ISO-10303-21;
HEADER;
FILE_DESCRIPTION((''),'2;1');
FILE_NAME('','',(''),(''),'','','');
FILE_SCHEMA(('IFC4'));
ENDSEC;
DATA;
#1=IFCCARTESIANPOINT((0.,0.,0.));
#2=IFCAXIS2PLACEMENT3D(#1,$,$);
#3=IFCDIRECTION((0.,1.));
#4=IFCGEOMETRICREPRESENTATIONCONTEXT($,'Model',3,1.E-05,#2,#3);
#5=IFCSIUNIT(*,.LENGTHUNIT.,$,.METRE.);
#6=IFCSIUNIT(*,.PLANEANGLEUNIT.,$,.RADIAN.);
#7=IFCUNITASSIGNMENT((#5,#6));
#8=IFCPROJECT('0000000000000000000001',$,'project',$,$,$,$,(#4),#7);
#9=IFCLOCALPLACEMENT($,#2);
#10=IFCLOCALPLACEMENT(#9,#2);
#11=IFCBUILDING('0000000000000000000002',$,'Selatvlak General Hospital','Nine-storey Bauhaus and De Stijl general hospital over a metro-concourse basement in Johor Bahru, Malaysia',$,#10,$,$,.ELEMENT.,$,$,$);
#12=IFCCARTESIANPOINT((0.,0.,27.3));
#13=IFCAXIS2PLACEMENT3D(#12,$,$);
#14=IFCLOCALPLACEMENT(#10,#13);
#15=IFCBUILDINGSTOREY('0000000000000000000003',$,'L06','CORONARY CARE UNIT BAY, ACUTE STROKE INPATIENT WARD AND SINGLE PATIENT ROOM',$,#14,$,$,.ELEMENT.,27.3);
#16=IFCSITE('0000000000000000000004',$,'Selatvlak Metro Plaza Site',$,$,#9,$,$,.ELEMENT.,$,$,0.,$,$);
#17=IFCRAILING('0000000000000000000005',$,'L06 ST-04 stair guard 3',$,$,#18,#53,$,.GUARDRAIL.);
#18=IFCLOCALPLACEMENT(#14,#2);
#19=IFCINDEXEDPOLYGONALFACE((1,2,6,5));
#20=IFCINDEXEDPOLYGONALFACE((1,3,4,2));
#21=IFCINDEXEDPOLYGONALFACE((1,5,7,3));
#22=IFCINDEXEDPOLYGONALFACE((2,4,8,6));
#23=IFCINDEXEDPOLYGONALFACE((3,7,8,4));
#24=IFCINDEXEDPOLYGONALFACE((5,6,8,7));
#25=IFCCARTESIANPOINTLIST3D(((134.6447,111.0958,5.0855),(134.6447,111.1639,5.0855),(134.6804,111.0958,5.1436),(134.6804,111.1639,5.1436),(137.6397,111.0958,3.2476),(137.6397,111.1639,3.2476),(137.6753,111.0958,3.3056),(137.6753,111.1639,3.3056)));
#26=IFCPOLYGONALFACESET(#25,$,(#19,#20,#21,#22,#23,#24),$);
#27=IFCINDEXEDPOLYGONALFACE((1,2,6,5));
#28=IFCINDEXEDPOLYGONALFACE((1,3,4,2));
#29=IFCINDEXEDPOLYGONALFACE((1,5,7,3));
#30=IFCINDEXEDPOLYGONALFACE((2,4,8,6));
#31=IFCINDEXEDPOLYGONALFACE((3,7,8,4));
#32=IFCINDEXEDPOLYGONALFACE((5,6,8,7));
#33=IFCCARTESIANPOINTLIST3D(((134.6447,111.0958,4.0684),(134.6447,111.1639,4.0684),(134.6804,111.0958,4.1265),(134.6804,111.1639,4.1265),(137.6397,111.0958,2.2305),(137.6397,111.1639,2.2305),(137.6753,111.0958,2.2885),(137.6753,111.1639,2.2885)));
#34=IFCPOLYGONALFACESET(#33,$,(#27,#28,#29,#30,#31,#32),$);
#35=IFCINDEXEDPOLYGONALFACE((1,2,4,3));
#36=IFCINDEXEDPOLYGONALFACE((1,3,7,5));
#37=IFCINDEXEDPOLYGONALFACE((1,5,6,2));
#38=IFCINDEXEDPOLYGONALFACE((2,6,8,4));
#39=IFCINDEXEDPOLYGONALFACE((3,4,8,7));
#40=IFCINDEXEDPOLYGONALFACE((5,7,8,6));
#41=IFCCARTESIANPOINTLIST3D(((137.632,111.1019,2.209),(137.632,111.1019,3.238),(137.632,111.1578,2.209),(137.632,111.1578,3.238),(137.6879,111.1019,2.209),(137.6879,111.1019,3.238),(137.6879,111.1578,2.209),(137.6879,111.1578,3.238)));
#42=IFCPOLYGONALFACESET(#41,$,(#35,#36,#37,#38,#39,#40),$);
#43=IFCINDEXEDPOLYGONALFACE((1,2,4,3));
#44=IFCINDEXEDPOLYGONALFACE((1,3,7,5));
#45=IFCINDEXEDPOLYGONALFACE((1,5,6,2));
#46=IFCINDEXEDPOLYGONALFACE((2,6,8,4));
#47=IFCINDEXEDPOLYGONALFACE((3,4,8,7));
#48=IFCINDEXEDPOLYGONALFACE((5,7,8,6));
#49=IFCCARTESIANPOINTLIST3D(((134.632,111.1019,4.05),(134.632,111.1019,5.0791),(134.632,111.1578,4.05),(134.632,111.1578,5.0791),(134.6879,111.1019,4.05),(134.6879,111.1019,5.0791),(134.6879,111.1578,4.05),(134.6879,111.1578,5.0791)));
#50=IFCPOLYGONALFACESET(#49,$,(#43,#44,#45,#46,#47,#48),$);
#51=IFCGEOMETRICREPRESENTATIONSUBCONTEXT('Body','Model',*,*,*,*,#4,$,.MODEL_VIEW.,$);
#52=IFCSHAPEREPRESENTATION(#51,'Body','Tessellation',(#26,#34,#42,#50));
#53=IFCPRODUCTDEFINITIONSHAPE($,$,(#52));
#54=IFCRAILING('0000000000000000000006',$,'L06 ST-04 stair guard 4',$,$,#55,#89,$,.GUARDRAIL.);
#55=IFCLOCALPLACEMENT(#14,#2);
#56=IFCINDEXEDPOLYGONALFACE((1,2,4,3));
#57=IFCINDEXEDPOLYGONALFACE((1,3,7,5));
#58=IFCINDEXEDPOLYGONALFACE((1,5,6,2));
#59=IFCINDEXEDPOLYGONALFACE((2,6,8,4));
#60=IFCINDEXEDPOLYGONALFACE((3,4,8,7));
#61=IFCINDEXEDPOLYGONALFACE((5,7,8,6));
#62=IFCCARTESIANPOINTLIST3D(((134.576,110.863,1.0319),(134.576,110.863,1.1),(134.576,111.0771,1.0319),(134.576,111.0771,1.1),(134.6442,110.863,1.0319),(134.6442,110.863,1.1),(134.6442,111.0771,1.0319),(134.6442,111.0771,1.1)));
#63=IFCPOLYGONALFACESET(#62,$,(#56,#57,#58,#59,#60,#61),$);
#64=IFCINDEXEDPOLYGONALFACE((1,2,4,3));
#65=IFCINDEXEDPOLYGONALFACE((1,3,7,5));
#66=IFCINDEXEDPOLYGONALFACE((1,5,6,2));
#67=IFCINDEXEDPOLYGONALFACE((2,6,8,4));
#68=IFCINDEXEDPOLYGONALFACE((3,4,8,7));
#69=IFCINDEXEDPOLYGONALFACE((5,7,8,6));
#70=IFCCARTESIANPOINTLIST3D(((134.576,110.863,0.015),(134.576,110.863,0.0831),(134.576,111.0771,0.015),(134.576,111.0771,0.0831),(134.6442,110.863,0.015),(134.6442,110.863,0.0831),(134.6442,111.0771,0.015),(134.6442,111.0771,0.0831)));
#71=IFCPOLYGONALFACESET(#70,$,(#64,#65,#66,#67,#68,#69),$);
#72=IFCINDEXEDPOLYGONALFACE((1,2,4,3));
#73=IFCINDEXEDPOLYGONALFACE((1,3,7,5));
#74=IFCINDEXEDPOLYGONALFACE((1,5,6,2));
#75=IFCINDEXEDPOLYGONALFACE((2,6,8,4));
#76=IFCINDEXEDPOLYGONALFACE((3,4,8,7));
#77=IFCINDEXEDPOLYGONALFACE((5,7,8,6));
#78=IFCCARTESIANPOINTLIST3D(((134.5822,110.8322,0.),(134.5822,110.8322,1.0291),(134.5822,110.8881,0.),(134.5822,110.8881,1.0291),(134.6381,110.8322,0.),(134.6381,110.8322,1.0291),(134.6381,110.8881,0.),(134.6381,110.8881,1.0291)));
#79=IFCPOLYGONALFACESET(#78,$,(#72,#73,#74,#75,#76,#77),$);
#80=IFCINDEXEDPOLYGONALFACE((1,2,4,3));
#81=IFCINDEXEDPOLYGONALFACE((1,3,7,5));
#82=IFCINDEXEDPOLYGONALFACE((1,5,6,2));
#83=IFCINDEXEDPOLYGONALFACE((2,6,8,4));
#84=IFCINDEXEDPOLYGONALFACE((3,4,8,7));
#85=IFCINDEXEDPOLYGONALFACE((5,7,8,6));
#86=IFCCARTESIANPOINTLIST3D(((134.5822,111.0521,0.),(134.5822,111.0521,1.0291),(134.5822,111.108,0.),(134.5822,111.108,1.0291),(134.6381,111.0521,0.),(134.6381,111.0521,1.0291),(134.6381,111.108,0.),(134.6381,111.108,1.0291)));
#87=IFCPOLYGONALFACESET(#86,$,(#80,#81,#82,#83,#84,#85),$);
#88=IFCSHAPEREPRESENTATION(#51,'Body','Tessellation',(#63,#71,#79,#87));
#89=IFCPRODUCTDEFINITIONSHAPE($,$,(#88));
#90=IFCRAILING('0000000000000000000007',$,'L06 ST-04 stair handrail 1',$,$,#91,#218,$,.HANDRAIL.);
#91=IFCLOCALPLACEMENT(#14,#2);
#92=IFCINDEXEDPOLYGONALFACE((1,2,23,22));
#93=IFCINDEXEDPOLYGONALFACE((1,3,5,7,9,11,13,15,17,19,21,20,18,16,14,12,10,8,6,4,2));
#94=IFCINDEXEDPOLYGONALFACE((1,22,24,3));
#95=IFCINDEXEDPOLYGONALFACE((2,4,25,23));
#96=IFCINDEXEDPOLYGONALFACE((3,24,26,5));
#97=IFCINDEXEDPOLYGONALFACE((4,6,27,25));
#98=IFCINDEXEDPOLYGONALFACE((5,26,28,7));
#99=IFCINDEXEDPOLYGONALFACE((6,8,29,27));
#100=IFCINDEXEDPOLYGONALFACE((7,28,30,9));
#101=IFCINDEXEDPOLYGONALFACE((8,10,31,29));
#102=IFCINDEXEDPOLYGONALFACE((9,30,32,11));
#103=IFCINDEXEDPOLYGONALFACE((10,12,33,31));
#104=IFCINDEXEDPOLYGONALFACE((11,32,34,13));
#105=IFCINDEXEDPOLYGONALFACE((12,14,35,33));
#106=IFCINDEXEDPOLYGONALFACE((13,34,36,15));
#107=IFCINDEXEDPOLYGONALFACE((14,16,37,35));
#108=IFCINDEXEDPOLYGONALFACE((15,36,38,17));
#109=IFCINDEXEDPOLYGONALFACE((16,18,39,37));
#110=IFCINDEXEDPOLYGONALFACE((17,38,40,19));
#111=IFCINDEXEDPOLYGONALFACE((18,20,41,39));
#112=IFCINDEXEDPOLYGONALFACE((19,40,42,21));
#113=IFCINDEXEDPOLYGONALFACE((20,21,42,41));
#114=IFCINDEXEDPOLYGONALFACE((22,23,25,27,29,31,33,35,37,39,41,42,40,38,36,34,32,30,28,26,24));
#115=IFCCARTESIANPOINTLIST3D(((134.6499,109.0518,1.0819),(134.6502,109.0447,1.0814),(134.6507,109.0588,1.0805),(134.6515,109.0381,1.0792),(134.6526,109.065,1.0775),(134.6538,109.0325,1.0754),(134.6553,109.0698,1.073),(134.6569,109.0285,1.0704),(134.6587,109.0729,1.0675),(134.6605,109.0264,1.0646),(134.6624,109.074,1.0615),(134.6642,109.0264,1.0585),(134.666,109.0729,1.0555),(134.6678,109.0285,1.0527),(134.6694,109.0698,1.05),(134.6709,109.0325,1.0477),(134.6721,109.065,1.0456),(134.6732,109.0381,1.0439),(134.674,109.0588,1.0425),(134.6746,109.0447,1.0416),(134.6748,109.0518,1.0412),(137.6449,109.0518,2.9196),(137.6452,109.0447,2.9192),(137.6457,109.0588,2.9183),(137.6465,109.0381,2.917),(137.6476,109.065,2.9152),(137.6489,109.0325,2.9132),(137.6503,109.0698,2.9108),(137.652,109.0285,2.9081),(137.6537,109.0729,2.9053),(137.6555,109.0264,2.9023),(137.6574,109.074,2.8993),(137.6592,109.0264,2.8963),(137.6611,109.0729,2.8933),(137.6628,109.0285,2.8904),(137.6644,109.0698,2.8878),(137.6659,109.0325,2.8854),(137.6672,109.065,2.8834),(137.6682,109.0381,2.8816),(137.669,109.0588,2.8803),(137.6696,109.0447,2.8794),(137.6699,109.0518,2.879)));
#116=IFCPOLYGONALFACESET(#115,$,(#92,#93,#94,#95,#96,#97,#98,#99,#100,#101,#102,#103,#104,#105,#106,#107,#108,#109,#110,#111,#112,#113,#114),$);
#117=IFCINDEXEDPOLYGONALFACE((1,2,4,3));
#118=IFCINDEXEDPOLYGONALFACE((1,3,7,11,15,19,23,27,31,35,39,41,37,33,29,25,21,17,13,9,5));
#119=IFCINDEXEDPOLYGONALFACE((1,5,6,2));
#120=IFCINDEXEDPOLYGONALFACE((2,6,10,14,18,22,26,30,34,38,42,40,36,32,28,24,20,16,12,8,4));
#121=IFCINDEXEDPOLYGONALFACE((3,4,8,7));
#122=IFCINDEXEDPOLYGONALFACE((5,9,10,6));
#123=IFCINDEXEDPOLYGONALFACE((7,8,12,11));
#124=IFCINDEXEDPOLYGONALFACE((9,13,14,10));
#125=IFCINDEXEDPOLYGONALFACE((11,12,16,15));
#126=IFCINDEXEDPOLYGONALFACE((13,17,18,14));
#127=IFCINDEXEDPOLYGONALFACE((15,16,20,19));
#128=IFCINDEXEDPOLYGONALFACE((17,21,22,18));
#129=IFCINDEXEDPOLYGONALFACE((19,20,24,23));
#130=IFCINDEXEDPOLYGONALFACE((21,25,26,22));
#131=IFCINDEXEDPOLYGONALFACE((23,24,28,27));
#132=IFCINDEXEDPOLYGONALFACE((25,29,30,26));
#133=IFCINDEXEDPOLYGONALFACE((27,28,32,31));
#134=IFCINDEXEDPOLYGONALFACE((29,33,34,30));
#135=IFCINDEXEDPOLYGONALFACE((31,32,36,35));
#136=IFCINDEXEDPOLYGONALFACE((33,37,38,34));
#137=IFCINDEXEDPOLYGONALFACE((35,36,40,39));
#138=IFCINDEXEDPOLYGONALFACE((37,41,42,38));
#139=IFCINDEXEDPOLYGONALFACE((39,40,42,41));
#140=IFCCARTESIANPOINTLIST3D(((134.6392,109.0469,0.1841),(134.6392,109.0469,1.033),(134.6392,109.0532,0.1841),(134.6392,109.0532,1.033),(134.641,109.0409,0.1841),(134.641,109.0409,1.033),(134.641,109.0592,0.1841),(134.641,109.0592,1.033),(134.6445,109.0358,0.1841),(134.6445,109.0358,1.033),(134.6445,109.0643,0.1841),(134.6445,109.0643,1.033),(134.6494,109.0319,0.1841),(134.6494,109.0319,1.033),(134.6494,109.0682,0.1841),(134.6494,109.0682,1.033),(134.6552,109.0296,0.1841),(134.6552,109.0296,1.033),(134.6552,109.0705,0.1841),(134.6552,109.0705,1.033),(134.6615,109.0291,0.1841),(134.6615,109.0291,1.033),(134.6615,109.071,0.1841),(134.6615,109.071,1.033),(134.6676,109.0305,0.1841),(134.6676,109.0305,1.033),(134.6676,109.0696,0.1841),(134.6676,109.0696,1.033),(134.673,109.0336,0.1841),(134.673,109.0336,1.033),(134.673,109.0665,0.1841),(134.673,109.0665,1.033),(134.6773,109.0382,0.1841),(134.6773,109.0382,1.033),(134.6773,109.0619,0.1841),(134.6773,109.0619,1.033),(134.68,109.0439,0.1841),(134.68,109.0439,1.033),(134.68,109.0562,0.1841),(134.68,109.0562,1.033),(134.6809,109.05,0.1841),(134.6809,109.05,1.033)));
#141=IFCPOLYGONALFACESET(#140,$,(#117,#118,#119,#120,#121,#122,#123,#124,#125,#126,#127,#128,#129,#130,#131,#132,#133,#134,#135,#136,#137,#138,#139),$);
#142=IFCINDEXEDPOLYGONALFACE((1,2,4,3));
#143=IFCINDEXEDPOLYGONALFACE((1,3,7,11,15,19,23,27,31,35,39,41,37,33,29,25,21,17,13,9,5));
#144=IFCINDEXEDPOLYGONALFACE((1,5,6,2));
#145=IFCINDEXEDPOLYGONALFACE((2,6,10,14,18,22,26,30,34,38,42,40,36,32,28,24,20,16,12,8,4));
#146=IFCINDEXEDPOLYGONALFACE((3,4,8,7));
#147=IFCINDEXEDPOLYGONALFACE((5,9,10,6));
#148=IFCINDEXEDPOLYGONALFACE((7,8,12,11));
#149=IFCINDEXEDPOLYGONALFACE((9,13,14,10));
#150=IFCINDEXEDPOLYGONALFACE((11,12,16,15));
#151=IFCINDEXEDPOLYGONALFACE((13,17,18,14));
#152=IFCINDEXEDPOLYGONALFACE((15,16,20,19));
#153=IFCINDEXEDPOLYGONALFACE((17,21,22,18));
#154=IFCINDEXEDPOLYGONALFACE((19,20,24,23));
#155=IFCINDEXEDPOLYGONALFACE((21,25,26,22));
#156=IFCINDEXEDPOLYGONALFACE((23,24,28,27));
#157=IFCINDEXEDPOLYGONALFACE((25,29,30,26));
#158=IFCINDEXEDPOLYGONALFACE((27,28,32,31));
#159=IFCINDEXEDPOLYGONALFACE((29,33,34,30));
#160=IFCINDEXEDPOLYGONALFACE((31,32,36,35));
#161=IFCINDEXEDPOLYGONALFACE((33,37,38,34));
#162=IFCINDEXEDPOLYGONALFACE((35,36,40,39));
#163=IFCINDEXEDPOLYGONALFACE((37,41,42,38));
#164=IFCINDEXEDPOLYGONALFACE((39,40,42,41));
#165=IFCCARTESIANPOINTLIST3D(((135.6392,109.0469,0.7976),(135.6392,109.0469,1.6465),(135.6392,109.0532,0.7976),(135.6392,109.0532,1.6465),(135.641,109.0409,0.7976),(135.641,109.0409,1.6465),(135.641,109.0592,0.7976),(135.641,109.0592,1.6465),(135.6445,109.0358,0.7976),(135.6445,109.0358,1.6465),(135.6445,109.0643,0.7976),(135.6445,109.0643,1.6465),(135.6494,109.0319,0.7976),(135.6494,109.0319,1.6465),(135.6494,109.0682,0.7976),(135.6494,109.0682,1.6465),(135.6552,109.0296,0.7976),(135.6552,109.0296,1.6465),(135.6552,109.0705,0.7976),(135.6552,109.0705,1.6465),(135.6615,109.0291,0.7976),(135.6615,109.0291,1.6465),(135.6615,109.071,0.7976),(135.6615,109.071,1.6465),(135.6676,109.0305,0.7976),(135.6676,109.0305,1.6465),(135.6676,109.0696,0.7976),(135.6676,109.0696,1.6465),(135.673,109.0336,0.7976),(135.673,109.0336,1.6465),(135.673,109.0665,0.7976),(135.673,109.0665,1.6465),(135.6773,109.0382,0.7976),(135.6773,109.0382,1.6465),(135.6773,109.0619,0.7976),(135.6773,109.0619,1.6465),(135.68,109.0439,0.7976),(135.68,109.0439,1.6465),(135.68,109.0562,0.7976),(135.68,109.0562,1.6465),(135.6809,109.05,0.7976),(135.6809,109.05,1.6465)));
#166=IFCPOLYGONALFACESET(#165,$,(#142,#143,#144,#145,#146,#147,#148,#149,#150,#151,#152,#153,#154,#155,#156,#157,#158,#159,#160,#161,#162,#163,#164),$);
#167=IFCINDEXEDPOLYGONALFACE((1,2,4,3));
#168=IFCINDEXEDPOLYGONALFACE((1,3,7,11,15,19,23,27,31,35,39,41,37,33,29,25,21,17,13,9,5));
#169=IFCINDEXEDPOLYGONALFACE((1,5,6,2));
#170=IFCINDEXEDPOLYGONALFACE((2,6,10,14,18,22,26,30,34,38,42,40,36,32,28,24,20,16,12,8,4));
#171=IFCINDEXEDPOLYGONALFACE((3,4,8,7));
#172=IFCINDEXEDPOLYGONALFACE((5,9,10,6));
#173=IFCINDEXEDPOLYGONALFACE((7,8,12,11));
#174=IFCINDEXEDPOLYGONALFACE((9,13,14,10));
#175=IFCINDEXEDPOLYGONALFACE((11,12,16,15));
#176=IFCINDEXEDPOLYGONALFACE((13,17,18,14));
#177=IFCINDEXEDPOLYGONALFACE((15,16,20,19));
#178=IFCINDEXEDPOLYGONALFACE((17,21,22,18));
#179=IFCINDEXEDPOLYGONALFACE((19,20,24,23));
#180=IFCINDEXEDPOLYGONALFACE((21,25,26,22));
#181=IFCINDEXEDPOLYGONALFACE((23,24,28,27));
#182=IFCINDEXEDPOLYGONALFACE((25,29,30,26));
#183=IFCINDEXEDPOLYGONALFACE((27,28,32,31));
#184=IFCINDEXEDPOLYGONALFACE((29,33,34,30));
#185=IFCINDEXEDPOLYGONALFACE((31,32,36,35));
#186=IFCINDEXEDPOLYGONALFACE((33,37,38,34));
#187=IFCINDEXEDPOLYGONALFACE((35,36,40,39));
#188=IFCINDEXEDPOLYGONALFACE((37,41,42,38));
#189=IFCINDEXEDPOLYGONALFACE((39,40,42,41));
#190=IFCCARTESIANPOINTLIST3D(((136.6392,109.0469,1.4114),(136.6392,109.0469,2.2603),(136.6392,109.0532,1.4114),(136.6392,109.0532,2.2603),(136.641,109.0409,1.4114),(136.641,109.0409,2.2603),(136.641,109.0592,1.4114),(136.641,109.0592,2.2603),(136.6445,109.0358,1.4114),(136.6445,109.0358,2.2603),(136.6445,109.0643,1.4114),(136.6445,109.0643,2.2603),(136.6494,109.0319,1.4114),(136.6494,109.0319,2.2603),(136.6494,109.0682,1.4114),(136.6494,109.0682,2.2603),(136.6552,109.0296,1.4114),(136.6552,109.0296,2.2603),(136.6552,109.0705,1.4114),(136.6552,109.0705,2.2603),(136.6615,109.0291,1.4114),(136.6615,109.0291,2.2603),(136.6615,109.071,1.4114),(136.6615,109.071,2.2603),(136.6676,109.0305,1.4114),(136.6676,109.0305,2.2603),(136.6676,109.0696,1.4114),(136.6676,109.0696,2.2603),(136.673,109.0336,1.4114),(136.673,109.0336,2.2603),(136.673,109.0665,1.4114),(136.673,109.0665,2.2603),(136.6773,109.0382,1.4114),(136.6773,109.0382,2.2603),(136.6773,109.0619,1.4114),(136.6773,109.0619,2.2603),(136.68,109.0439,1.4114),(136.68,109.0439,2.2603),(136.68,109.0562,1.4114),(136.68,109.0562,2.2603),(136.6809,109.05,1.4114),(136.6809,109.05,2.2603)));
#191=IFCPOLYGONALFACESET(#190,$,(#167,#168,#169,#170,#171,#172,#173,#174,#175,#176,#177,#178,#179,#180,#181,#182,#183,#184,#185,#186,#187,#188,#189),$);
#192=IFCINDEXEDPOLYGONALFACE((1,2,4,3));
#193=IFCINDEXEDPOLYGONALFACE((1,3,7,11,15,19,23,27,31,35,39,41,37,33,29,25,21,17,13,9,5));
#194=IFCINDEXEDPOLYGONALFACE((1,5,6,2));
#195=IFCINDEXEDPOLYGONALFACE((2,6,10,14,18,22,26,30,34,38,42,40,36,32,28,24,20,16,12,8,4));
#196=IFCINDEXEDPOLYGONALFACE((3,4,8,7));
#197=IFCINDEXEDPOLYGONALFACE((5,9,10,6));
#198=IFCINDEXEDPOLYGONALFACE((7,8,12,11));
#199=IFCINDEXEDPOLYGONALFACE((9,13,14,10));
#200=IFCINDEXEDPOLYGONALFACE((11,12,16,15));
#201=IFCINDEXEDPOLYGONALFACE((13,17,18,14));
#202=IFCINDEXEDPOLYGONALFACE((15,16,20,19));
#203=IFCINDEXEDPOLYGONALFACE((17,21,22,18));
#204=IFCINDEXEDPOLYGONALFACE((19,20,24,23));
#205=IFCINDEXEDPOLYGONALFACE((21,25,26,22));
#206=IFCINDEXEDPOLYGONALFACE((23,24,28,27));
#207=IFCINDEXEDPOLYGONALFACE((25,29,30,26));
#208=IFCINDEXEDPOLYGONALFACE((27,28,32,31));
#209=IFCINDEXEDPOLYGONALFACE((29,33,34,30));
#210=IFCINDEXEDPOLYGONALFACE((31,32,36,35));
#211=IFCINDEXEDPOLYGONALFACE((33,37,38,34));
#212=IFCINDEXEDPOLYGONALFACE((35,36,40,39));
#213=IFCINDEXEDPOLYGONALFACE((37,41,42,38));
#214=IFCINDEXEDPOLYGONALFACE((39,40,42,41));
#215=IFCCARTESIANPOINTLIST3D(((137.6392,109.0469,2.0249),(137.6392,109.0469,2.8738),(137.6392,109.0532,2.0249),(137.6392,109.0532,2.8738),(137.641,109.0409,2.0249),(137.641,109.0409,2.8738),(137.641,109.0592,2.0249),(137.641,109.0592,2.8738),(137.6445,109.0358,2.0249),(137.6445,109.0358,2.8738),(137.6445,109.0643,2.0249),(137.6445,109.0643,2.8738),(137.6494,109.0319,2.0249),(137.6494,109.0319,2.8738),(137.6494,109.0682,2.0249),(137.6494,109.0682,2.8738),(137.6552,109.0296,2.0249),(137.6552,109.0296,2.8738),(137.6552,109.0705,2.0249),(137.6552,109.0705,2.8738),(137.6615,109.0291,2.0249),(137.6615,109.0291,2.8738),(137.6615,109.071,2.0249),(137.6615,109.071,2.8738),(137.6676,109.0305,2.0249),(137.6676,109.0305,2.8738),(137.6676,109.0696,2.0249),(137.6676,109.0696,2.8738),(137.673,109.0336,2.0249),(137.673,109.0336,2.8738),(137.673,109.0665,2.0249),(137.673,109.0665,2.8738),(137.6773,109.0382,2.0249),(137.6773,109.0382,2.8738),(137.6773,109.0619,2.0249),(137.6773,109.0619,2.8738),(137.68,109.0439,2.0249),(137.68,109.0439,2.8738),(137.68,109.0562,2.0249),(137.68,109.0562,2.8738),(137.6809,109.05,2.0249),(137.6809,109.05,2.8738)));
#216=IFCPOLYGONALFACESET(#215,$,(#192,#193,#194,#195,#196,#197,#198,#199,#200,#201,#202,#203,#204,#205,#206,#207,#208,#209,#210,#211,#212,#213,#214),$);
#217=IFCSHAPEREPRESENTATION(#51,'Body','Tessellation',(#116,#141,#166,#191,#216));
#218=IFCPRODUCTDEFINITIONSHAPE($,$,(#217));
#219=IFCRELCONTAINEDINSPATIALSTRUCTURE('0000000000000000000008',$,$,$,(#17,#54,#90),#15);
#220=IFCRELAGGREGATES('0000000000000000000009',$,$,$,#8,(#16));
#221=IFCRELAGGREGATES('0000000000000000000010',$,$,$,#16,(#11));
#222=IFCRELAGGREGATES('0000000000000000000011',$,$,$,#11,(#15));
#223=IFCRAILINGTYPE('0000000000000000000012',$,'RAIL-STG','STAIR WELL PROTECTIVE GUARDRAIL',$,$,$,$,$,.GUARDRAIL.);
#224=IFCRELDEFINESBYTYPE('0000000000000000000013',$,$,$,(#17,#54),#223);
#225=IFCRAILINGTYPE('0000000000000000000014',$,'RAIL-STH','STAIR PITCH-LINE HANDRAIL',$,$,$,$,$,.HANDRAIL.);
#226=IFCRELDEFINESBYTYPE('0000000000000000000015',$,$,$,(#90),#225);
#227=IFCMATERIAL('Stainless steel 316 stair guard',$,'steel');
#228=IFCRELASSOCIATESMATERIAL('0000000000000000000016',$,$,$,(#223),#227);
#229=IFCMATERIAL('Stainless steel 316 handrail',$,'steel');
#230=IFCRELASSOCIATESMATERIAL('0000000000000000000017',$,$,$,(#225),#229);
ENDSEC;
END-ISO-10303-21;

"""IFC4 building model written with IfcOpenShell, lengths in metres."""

from ifc_helpers import new_model, si_unit, direction, frame, origin, origin_2d, place, context, subcontext, project, spatial, rectangle, circle, extrude, material, type_object, element, save


model = new_model("IFC4")

# Units and contexts
model_context = context("Model", 3, precision=1e-05, world=origin(), true_north=direction((0.0, 1.0)))
body_context = subcontext(model_context, "Body", "Model", "MODEL_VIEW")
ifc_project = project(units=[si_unit("LENGTHUNIT", "METRE"), si_unit("PLANEANGLEUNIT", "RADIAN")], contexts=[model_context])

# Site, building, storey
site_placement = place(None, origin())
site = spatial("IfcSite", under=ifc_project, at=site_placement, Name="Selatvlak Metro Plaza Site", CompositionType="ELEMENT", RefElevation=0.0)
building_placement = place(site_placement, origin())
building = spatial("IfcBuilding", under=site, at=building_placement, Name="Selatvlak General Hospital", Description="Nine-storey Bauhaus and De Stijl general hospital over a metro-concourse basement in Johor Bahru, Malaysia", CompositionType="ELEMENT")
storey_placement = place(building_placement, frame((0.0, 0.0, 27.3)))
storey = spatial("IfcBuildingStorey", under=building, at=storey_placement, Name="L06", Description="CORONARY CARE UNIT BAY, ACUTE STROKE INPATIENT WARD AND SINGLE PATIENT ROOM", CompositionType="ELEMENT", Elevation=27.3)

# Railings
ifc_material_1 = material(Name="Stainless steel 316 stair guard", Category="steel")
railing_type_1 = type_object("IfcRailingType", Name="RAIL-STG", Description="STAIR WELL PROTECTIVE GUARDRAIL", PredefinedType="GUARDRAIL", material=ifc_material_1)
railing_1_placement = place(storey_placement, frame((137.6599, 111.1299, 2.209)))
element("IfcRailing", 1, at=railing_1_placement, inside=storey, type_object=railing_type_1, Name="L06 ST-04 stair guard 3", PredefinedType="GUARDRAIL", context=body_context, shape_type="SweptSolid", body=[
    extrude(rectangle(XDim=0.0681, YDim=0.0681, at=origin_2d()), frame((-0.0024, 0.0, 1.0676), z_axis=(-0.852303, 0.0, 0.523048), x_axis=(0.0, -1.0, 0.0)), (0.0, 0.0, 1.0), 3.5139),
    extrude(rectangle(XDim=0.0681, YDim=0.0681, at=origin_2d()), frame((-0.0024, 0.0, 0.0505), z_axis=(-0.852303, 0.0, 0.523048), x_axis=(0.0, -1.0, 0.0)), (0.0, 0.0, 1.0), 3.5139),
    extrude(rectangle(XDim=0.0559, YDim=0.0559, at=origin_2d()), origin(), (0.0, 0.0, 1.0), 1.0291),
    extrude(rectangle(XDim=0.0559, YDim=0.0559, at=origin_2d()), frame((-3.0, 0.0, 1.8411)), (0.0, 0.0, 1.0), 1.0291),
])
railing_2_placement = place(storey_placement, frame((134.6101, 110.8601, 0.0)))
element("IfcRailing", 2, at=railing_2_placement, inside=storey, type_object=railing_type_1, Name="L06 ST-04 stair guard 4", PredefinedType="GUARDRAIL", context=body_context, shape_type="SweptSolid", body=[
    extrude(rectangle(XDim=0.0681, YDim=0.0681, at=origin_2d()), frame((0.0, 0.0029, 1.0659), z_axis=(0.0, 1.0, 0.0), x_axis=(-1.0, 0.0, 0.0)), (0.0, 0.0, 1.0), 0.2141),
    extrude(rectangle(XDim=0.0681, YDim=0.0681, at=origin_2d()), frame((0.0, 0.0029, 0.0491), z_axis=(0.0, 1.0, 0.0), x_axis=(-1.0, 0.0, 0.0)), (0.0, 0.0, 1.0), 0.2141),
    extrude(rectangle(XDim=0.0559, YDim=0.0559, at=origin_2d()), origin(), (0.0, 0.0, 1.0), 1.0291),
    extrude(rectangle(XDim=0.0559, YDim=0.0559, at=origin_2d()), frame((0.0, 0.22, 0.0)), (0.0, 0.0, 1.0), 1.0291),
])
ifc_material_2 = material(Name="Stainless steel 316 handrail", Category="steel")
railing_type_2 = type_object("IfcRailingType", Name="RAIL-STH", Description="STAIR PITCH-LINE HANDRAIL", PredefinedType="HANDRAIL", material=ifc_material_2)
railing_3_placement = place(storey_placement, frame((134.6599, 109.05, 0.1841)))
element("IfcRailing", 3, at=railing_3_placement, inside=storey, type_object=railing_type_2, Name="L06 ST-04 stair handrail 1", PredefinedType="HANDRAIL", context=body_context, shape_type="SweptSolid", body=[
    extrude(circle(Radius=0.0239, at=origin_2d()), frame((0.0024, 0.0, 0.8774), z_axis=(0.852334, 0.0, 0.522998), x_axis=(0.0, 1.0, 0.0)), (0.0, 0.0, 1.0), 3.5139),
    extrude(circle(Radius=0.021, at=origin_2d()), origin(), (0.0, 0.0, 1.0), 0.8489),
    extrude(circle(Radius=0.021, at=origin_2d()), frame((1.0, 0.0, 0.6135)), (0.0, 0.0, 1.0), 0.8489),
    extrude(circle(Radius=0.021, at=origin_2d()), frame((2.0, 0.0, 1.2273)), (0.0, 0.0, 1.0), 0.8489),
    extrude(circle(Radius=0.021, at=origin_2d()), frame((3.0, 0.0, 1.8408)), (0.0, 0.0, 1.0), 0.8489),
])

save(model, "model.ifc")
